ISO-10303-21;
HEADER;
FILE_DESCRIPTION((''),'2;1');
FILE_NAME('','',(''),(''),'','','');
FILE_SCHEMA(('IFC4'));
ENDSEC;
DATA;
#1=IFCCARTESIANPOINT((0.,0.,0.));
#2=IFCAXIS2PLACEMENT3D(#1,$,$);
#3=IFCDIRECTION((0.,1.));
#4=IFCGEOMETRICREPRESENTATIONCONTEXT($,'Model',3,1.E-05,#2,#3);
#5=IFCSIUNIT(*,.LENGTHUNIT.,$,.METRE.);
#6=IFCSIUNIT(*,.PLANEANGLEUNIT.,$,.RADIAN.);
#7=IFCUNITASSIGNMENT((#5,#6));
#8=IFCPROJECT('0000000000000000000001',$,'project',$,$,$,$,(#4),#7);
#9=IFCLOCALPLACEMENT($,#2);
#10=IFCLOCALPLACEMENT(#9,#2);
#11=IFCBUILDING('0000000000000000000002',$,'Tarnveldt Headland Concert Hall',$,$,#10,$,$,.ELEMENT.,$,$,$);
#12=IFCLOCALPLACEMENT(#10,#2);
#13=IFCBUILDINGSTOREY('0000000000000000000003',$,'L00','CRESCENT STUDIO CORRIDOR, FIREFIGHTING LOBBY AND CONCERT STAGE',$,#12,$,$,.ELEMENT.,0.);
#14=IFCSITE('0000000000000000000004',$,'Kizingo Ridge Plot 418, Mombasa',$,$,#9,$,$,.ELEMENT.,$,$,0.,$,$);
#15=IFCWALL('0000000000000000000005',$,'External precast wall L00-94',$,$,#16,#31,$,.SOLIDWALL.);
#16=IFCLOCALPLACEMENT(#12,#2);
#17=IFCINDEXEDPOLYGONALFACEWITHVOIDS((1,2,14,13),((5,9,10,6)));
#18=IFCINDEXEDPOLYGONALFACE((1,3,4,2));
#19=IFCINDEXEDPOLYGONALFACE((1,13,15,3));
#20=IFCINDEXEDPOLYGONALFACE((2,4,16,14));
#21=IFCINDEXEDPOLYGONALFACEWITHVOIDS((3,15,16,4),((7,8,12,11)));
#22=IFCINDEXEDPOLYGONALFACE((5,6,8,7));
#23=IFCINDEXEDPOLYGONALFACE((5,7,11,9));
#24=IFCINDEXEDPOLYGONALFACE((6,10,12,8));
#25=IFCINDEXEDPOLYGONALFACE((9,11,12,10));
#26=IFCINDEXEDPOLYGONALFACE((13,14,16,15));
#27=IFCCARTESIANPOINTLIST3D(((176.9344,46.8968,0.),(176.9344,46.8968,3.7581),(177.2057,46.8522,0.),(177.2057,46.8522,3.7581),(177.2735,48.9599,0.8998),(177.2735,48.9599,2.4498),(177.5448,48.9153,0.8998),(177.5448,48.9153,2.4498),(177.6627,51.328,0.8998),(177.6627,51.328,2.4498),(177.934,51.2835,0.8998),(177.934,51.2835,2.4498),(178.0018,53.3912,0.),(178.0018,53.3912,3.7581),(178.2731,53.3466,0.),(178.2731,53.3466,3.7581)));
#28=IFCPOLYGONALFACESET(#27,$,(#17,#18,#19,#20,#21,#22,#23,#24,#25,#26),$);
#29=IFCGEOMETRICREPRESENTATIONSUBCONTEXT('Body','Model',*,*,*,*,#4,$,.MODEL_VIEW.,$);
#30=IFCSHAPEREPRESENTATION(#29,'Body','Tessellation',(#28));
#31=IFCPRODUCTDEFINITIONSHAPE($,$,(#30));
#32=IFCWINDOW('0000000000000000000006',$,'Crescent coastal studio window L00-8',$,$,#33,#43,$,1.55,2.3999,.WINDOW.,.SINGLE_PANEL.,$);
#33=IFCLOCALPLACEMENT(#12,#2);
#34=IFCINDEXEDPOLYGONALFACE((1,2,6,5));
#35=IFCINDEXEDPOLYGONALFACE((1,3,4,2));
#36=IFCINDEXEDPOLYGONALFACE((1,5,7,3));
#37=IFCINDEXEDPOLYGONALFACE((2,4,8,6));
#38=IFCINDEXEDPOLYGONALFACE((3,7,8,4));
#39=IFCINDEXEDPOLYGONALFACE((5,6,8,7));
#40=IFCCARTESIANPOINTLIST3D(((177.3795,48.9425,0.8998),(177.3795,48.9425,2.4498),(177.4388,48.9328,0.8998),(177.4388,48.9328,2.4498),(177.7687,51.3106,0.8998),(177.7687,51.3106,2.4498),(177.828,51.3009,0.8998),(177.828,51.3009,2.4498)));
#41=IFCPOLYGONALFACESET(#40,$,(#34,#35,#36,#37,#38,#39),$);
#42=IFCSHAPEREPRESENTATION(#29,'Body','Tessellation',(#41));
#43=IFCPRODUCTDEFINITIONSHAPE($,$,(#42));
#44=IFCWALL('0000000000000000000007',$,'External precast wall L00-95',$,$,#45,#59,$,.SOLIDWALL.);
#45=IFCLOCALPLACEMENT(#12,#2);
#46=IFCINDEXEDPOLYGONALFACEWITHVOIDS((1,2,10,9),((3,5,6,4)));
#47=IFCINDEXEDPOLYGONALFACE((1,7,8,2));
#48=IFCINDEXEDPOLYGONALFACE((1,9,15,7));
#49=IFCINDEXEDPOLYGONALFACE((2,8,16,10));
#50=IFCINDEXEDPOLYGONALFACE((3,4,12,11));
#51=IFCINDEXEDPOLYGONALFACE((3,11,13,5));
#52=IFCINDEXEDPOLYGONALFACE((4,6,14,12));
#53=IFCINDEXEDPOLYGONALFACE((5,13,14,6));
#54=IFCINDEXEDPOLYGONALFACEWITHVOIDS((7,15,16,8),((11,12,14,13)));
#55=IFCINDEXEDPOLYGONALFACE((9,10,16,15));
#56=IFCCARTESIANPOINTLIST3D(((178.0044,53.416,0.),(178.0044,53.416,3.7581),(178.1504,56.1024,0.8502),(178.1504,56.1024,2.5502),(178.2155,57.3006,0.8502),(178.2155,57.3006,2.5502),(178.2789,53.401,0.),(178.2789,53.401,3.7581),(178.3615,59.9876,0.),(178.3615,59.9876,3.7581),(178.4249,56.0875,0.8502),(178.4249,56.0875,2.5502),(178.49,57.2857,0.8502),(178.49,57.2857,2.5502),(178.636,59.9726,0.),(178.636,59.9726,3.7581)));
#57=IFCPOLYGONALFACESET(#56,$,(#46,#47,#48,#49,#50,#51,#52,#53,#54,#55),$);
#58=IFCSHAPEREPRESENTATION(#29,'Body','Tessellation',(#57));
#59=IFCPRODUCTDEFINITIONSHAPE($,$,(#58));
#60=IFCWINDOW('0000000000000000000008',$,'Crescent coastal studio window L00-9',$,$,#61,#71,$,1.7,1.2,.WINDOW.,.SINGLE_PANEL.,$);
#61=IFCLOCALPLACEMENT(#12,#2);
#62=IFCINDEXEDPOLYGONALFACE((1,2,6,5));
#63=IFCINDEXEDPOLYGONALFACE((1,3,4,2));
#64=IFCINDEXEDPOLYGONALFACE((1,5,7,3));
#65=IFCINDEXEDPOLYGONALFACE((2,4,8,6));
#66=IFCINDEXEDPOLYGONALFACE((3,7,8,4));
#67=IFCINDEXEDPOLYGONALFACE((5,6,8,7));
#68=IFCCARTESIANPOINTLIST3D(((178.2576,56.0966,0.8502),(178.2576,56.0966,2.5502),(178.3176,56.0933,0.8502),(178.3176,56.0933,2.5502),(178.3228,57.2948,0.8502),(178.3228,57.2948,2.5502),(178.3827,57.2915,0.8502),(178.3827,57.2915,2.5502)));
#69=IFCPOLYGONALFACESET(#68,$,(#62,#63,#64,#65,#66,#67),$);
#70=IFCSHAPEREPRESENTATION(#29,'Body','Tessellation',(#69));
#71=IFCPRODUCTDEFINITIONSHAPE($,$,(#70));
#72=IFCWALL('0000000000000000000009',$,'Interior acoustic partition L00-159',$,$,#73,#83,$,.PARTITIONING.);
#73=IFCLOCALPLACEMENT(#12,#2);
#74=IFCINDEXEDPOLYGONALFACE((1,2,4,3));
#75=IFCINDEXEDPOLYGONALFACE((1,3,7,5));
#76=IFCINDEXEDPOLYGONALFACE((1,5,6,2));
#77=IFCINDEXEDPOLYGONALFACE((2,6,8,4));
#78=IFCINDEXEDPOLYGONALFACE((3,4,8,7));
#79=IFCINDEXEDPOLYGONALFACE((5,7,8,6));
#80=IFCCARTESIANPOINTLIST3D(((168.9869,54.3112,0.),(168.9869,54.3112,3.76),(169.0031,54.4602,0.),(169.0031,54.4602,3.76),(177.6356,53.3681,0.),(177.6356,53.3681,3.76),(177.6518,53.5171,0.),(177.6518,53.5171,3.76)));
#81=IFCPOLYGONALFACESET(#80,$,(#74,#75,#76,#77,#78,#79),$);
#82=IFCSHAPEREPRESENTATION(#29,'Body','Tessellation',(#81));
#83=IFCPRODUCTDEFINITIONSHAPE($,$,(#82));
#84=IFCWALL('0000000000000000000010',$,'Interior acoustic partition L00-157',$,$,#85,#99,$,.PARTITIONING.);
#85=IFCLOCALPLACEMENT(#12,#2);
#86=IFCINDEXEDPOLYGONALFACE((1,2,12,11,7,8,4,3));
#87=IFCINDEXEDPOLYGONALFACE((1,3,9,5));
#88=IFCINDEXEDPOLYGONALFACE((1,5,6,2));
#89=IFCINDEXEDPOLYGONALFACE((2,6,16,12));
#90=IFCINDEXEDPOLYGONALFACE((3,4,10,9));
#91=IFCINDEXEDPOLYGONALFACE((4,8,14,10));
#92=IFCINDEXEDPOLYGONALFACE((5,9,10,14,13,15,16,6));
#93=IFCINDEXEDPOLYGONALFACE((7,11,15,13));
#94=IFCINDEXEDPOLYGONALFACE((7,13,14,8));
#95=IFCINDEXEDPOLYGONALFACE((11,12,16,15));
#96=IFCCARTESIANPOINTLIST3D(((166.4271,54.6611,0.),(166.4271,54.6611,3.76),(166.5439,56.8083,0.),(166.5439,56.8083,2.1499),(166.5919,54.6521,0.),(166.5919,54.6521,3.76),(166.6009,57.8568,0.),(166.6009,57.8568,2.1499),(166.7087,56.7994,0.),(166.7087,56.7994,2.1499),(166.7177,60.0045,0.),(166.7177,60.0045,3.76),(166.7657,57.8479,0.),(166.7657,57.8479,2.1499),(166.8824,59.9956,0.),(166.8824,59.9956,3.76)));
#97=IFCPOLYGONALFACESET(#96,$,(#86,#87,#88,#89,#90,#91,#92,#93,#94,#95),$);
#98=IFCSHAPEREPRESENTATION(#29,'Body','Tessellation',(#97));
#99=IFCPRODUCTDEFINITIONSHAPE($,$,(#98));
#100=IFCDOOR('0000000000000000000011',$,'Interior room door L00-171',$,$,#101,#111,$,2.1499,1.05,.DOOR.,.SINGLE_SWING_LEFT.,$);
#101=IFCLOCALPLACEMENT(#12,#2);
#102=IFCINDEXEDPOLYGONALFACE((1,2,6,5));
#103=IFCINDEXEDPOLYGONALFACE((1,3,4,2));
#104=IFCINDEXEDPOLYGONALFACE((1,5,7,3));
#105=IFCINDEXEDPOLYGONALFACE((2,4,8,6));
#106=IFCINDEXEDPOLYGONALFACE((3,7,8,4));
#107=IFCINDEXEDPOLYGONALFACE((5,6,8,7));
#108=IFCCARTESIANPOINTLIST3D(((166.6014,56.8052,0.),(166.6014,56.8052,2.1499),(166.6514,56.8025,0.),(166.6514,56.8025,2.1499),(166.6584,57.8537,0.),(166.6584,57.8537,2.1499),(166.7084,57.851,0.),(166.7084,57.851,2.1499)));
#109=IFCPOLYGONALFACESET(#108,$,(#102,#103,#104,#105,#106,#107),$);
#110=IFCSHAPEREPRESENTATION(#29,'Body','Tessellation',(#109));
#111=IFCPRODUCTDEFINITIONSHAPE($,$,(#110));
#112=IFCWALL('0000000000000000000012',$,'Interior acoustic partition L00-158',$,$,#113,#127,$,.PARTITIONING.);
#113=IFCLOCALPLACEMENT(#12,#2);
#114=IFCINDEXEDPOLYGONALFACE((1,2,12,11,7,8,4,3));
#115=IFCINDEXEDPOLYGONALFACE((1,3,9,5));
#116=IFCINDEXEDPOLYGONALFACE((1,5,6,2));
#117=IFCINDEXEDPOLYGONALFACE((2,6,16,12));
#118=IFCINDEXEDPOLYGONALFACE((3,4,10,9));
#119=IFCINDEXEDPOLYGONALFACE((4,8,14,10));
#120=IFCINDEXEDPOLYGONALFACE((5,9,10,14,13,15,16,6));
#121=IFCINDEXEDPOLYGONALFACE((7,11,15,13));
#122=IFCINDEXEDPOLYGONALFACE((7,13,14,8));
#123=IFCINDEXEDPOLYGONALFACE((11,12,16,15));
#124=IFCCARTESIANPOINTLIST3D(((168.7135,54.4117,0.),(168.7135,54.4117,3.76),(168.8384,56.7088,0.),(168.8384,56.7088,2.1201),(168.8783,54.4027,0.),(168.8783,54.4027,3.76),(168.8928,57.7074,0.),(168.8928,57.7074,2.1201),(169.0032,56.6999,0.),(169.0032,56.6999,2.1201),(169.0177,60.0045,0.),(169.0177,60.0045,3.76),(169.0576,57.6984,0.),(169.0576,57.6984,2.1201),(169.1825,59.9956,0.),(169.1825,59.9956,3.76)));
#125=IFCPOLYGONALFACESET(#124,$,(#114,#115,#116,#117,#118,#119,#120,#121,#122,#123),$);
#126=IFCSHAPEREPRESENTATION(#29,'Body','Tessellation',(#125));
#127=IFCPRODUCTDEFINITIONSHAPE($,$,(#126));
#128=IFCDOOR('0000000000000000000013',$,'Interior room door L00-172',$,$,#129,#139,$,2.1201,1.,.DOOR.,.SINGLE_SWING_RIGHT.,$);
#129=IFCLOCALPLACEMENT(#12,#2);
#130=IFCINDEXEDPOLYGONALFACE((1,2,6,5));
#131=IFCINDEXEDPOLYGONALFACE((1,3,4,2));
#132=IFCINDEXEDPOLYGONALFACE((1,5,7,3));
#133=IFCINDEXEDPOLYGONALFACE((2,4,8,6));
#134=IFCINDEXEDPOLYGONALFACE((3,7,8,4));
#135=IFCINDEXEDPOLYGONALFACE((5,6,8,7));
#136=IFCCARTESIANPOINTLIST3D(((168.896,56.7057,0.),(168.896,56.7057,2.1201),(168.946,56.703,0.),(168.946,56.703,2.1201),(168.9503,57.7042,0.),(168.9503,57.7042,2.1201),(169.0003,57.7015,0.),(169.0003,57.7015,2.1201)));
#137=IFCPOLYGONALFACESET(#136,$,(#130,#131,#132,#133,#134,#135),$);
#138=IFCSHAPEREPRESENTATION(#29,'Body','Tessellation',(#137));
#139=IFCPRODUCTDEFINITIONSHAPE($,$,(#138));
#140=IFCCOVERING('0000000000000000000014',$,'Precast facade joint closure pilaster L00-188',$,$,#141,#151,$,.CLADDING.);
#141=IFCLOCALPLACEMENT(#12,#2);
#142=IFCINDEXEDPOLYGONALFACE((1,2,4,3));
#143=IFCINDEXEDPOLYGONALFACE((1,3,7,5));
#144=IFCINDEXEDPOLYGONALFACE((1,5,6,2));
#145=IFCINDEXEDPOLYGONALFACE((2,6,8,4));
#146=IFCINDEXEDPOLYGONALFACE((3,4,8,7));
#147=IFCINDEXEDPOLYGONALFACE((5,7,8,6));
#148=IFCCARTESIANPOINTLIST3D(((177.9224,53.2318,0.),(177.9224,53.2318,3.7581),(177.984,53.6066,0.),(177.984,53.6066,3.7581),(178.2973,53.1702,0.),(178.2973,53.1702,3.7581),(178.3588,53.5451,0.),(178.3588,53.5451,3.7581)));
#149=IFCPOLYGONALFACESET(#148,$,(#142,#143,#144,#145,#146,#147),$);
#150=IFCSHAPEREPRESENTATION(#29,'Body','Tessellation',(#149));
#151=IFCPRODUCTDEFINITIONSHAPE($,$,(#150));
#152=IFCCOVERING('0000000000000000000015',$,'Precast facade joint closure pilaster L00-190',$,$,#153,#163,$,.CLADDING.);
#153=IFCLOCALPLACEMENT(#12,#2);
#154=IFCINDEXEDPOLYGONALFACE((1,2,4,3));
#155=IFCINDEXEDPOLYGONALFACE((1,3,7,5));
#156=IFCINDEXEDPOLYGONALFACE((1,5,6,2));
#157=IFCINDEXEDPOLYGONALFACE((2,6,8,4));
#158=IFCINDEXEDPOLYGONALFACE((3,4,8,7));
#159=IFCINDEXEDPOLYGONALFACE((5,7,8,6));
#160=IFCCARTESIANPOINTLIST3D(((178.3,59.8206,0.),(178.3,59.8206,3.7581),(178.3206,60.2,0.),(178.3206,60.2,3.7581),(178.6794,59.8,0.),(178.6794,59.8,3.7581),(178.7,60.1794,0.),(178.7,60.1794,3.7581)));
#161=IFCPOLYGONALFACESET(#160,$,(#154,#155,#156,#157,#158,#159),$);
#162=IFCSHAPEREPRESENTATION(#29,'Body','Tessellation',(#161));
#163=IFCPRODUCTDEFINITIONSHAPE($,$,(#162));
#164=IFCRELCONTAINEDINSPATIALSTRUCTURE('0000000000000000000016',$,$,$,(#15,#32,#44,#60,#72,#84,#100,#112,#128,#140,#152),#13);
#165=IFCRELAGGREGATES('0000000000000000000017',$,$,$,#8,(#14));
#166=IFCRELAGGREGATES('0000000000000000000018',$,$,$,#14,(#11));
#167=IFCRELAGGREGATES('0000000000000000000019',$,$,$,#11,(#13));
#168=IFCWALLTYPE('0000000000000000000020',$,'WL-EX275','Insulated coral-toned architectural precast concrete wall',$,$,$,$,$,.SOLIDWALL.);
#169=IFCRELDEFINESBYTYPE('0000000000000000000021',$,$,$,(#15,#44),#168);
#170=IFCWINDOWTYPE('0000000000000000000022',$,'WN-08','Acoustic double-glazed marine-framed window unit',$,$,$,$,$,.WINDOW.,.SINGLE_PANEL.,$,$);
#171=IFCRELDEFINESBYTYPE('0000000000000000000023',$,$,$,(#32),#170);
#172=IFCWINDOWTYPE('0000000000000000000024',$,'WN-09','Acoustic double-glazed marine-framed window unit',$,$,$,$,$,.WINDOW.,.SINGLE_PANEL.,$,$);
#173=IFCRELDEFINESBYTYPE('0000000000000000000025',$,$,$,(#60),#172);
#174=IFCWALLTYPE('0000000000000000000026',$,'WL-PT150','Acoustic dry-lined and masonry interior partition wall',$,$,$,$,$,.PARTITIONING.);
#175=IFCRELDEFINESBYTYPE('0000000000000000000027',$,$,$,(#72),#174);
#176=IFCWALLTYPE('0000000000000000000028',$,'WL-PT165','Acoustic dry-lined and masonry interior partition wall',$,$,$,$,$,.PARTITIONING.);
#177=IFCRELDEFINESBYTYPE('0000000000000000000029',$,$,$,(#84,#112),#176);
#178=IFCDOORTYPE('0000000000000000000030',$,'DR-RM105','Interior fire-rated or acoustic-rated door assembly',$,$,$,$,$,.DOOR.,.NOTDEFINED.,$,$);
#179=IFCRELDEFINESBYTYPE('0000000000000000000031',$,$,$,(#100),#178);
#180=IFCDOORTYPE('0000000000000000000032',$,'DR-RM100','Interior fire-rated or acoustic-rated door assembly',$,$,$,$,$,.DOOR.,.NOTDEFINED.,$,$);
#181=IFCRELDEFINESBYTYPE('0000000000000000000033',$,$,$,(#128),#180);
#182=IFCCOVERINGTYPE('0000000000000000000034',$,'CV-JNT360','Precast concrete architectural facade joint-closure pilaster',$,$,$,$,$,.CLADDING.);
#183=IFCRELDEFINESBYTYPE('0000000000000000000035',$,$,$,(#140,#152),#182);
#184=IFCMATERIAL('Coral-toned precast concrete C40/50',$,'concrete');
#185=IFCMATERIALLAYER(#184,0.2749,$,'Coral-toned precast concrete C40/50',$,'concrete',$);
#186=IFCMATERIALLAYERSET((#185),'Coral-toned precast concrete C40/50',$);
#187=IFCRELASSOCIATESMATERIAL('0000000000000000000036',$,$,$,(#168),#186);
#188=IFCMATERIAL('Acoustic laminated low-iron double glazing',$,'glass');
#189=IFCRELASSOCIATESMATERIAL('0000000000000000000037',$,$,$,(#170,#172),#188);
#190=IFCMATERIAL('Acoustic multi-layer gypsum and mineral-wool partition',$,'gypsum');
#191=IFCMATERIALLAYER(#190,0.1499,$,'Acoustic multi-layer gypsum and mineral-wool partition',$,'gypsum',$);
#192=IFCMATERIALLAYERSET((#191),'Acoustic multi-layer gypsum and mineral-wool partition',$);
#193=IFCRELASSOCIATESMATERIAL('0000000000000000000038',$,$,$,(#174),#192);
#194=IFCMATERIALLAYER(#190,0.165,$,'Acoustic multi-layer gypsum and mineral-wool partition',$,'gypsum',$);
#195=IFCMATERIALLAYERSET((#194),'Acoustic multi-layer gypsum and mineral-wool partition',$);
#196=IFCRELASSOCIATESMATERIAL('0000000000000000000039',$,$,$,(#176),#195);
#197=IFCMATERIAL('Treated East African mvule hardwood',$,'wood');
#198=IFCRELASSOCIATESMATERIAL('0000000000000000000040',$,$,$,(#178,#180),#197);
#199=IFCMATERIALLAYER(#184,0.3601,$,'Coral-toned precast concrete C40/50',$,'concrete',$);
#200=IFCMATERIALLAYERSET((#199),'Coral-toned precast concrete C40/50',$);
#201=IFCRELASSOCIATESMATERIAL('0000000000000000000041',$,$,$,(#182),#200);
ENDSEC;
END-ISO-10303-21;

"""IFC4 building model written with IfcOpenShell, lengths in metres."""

from ifc_helpers import new_model, si_unit, direction, frame, frame_2d, origin, origin_2d, place, context, subcontext, project, spatial, rectangle, extrude, material, layer, layer_set, type_object, element, fill, save


model = new_model("IFC4")

# Units and contexts
model_context = context("Model", 3, precision=1e-05, world=origin(), true_north=direction((0.0, 1.0)))
body_context = subcontext(model_context, "Body", "Model", "MODEL_VIEW")
ifc_project = project(units=[si_unit("LENGTHUNIT", "METRE"), si_unit("PLANEANGLEUNIT", "RADIAN")], contexts=[model_context])

# Site, building, storey
site_placement = place(None, origin())
site = spatial("IfcSite", under=ifc_project, at=site_placement, Name="Kizingo Ridge Plot 418, Mombasa", CompositionType="ELEMENT", RefElevation=0.0)
building_placement = place(site_placement, origin())
building = spatial("IfcBuilding", under=site, at=building_placement, Name="Tarnveldt Headland Concert Hall", CompositionType="ELEMENT")
storey_placement = place(building_placement, origin())
storey = spatial("IfcBuildingStorey", under=building, at=storey_placement, Name="L00", Description="CRESCENT STUDIO CORRIDOR, FIREFIGHTING LOBBY AND CONCERT STAGE", CompositionType="ELEMENT", Elevation=0.0)

# Walls, openings, windows
ifc_material_1 = material(Name="Coral-toned precast concrete C40/50", Category="concrete")
ifc_layer_1 = layer(ifc_material_1, 0.2749, Name="Coral-toned precast concrete C40/50", Category="concrete")
ifc_layer_set_1 = layer_set([ifc_layer_1], Name="Coral-toned precast concrete C40/50")
wall_type_1 = type_object("IfcWallType", Name="WL-EX275", Description="Insulated coral-toned architectural precast concrete wall", PredefinedType="SOLIDWALL", material=ifc_layer_set_1)
wall_1_placement = place(storey_placement, frame((178.1375, 53.3689, 0.0), z_axis=(0.0, 0.0, 1.0), x_axis=(-0.162179, -0.986761, 0.0)))
wall_1 = element("IfcWall", 1, at=wall_1_placement, inside=storey, type_object=wall_type_1, Name="External precast wall L00-94", PredefinedType="SOLIDWALL", context=body_context, shape_type="SweptSolid", body=[
    extrude(rectangle(XDim=6.5815, YDim=0.2749, at=frame_2d((3.2908, 0.0))), origin(), (0.0, 0.0, 1.0), 3.7581),
])
opening_1_placement = place(wall_1_placement, frame((2.0908, 0.0, 0.8999)))
opening_1 = element("IfcOpeningElement", 2, at=opening_1_placement, cuts=wall_1, PredefinedType="OPENING", context=body_context, shape_type="SweptSolid", body=[
    extrude(rectangle(XDim=2.3999, YDim=1.55, at=frame_2d((1.2, 0.7749))), frame((0.0, 0.1475, 0.0), z_axis=(0.0, -1.0, 0.0), x_axis=(1.0, 0.0, 0.0)), (0.0, 0.0, 1.0), 0.2949),
])
ifc_material_2 = material(Name="Acoustic laminated low-iron double glazing", Category="glass")
window_type_1 = type_object("IfcWindowType", Name="WN-08", Description="Acoustic double-glazed marine-framed window unit", PartitioningType="SINGLE_PANEL", PredefinedType="WINDOW", material=ifc_material_2)
window_1_placement = place(opening_1_placement, origin())
window_1 = element("IfcWindow", 3, at=window_1_placement, inside=storey, type_object=window_type_1, Name="Crescent coastal studio window L00-8", OverallHeight=1.55, OverallWidth=2.3999, PartitioningType="SINGLE_PANEL", PredefinedType="WINDOW", context=body_context, shape_type="SweptSolid", body=[
    extrude(rectangle(XDim=2.3999, YDim=1.55, at=frame_2d((1.2, 0.7749))), frame((0.0, 0.03, 0.0), z_axis=(0.0, -1.0, 0.0), x_axis=(1.0, 0.0, 0.0)), (0.0, 0.0, 1.0), 0.0601),
])
fill(opening_1, window_1)
wall_2_placement = place(storey_placement, frame((178.4988, 59.98, 0.0), z_axis=(0.0, 0.0, 1.0), x_axis=(-0.054272, -0.998526, 0.0)))
wall_2 = element("IfcWall", 4, at=wall_2_placement, inside=storey, type_object=wall_type_1, Name="External precast wall L00-95", PredefinedType="SOLIDWALL", context=body_context, shape_type="SweptSolid", body=[
    extrude(rectangle(XDim=6.5813, YDim=0.2749, at=frame_2d((3.2905, 0.0))), origin(), (0.0, 0.0, 1.0), 3.7581),
])
opening_2_placement = place(wall_2_placement, frame((2.6907, 0.0, 0.8501)))
opening_2 = element("IfcOpeningElement", 5, at=opening_2_placement, cuts=wall_2, PredefinedType="OPENING", context=body_context, shape_type="SweptSolid", body=[
    extrude(rectangle(XDim=1.2, YDim=1.7, at=frame_2d((0.6001, 0.8501))), frame((0.0, 0.1475, 0.0), z_axis=(0.0, -1.0, 0.0), x_axis=(1.0, 0.0, 0.0)), (0.0, 0.0, 1.0), 0.2949),
])
window_type_2 = type_object("IfcWindowType", Name="WN-09", Description="Acoustic double-glazed marine-framed window unit", PartitioningType="SINGLE_PANEL", PredefinedType="WINDOW", material=ifc_material_2)
window_2_placement = place(opening_2_placement, origin())
window_2 = element("IfcWindow", 6, at=window_2_placement, inside=storey, type_object=window_type_2, Name="Crescent coastal studio window L00-9", OverallHeight=1.7, OverallWidth=1.2, PartitioningType="SINGLE_PANEL", PredefinedType="WINDOW", context=body_context, shape_type="SweptSolid", body=[
    extrude(rectangle(XDim=1.2, YDim=1.7, at=frame_2d((0.6001, 0.8501))), frame((0.0, 0.03, 0.0), z_axis=(0.0, -1.0, 0.0), x_axis=(1.0, 0.0, 0.0)), (0.0, 0.0, 1.0), 0.0601),
])
fill(opening_2, window_2)

# Wall
ifc_material_3 = material(Name="Acoustic multi-layer gypsum and mineral-wool partition", Category="gypsum")
ifc_layer_2 = layer(ifc_material_3, 0.1499, Name="Acoustic multi-layer gypsum and mineral-wool partition", Category="gypsum")
ifc_layer_set_2 = layer_set([ifc_layer_2], Name="Acoustic multi-layer gypsum and mineral-wool partition")
wall_type_2 = type_object("IfcWallType", Name="WL-PT150", Description="Acoustic dry-lined and masonry interior partition wall", PredefinedType="PARTITIONING", material=ifc_layer_set_2)
wall_3_placement = place(storey_placement, frame((168.9949, 54.3857, 0.0), z_axis=(0.0, 0.0, 1.0), x_axis=(0.994107, -0.108405, 0.0)))
element("IfcWall", 7, at=wall_3_placement, inside=storey, type_object=wall_type_2, Name="Interior acoustic partition L00-159", PredefinedType="PARTITIONING", context=body_context, shape_type="SweptSolid", body=[
    extrude(rectangle(XDim=8.7, YDim=0.1499, at=frame_2d((4.3501, 0.0))), origin(), (0.0, 0.0, 1.0), 3.76),
])

# Walls, openings, doors
ifc_layer_3 = layer(ifc_material_3, 0.165, Name="Acoustic multi-layer gypsum and mineral-wool partition", Category="gypsum")
ifc_layer_set_3 = layer_set([ifc_layer_3], Name="Acoustic multi-layer gypsum and mineral-wool partition")
wall_type_3 = type_object("IfcWallType", Name="WL-PT165", Description="Acoustic dry-lined and masonry interior partition wall", PredefinedType="PARTITIONING", material=ifc_layer_set_3)
wall_4_placement = place(storey_placement, frame((166.5095, 54.6565, 0.0), z_axis=(0.0, 0.0, 1.0), x_axis=(0.05429, 0.998525, 0.0)))
wall_4 = element("IfcWall", 8, at=wall_4_placement, inside=storey, type_object=wall_type_3, Name="Interior acoustic partition L00-157", PredefinedType="PARTITIONING", context=body_context, shape_type="SweptSolid", body=[
    extrude(rectangle(XDim=5.3513, YDim=0.165, at=frame_2d((2.6758, 0.0))), origin(), (0.0, 0.0, 1.0), 3.76),
])
opening_3_placement = place(wall_4_placement, frame((2.1506, 0.0, 0.0)))
opening_3 = element("IfcOpeningElement", 9, at=opening_3_placement, cuts=wall_4, PredefinedType="OPENING", context=body_context, shape_type="SweptSolid", body=[
    extrude(rectangle(XDim=1.05, YDim=2.1499, at=frame_2d((0.5249, 1.075))), frame((0.0, 0.0925, 0.0), z_axis=(0.0, -1.0, 0.0), x_axis=(1.0, 0.0, 0.0)), (0.0, 0.0, 1.0), 0.1851),
])
ifc_material_4 = material(Name="Treated East African mvule hardwood", Category="wood")
door_type_1 = type_object("IfcDoorType", Name="DR-RM105", Description="Interior fire-rated or acoustic-rated door assembly", OperationType="NOTDEFINED", PredefinedType="DOOR", material=ifc_material_4)
door_1_placement = place(opening_3_placement, origin())
door_1 = element("IfcDoor", 10, at=door_1_placement, inside=storey, type_object=door_type_1, Name="Interior room door L00-171", OperationType="SINGLE_SWING_LEFT", OverallHeight=2.1499, OverallWidth=1.05, PredefinedType="DOOR", context=body_context, shape_type="SweptSolid", body=[
    extrude(rectangle(XDim=1.05, YDim=2.1499, at=frame_2d((0.5249, 1.075))), frame((0.0, 0.0249, 0.0), z_axis=(0.0, -1.0, 0.0), x_axis=(1.0, 0.0, 0.0)), (0.0, 0.0, 1.0), 0.05),
])
fill(opening_3, door_1)
wall_5_placement = place(storey_placement, frame((168.7959, 54.4072, 0.0), z_axis=(0.0, 0.0, 1.0), x_axis=(0.054311, 0.998524, 0.0)))
wall_5 = element("IfcWall", 11, at=wall_5_placement, inside=storey, type_object=wall_type_3, Name="Interior acoustic partition L00-158", PredefinedType="PARTITIONING", context=body_context, shape_type="SweptSolid", body=[
    extrude(rectangle(XDim=5.6011, YDim=0.165, at=frame_2d((2.8005, 0.0))), origin(), (0.0, 0.0, 1.0), 3.76),
])
opening_4_placement = place(wall_5_placement, frame((2.3005, 0.0, 0.0)))
opening_4 = element("IfcOpeningElement", 12, at=opening_4_placement, cuts=wall_5, PredefinedType="OPENING", context=body_context, shape_type="SweptSolid", body=[
    extrude(rectangle(XDim=1.0, YDim=2.1201, at=frame_2d((0.5, 1.0601))), frame((0.0, 0.0925, 0.0), z_axis=(0.0, -1.0, 0.0), x_axis=(1.0, 0.0, 0.0)), (0.0, 0.0, 1.0), 0.1851),
])
door_type_2 = type_object("IfcDoorType", Name="DR-RM100", Description="Interior fire-rated or acoustic-rated door assembly", OperationType="NOTDEFINED", PredefinedType="DOOR", material=ifc_material_4)
door_2_placement = place(opening_4_placement, origin())
door_2 = element("IfcDoor", 13, at=door_2_placement, inside=storey, type_object=door_type_2, Name="Interior room door L00-172", OperationType="SINGLE_SWING_RIGHT", OverallHeight=2.1201, OverallWidth=1.0, PredefinedType="DOOR", context=body_context, shape_type="SweptSolid", body=[
    extrude(rectangle(XDim=1.0, YDim=2.1201, at=frame_2d((0.5, 1.0601))), frame((0.0, 0.0249, 0.0), z_axis=(0.0, -1.0, 0.0), x_axis=(1.0, 0.0, 0.0)), (0.0, 0.0, 1.0), 0.05),
])
fill(opening_4, door_2)

# Coverings
ifc_layer_4 = layer(ifc_material_1, 0.3601, Name="Coral-toned precast concrete C40/50", Category="concrete")
ifc_layer_set_4 = layer_set([ifc_layer_4], Name="Coral-toned precast concrete C40/50")
covering_type = type_object("IfcCoveringType", Name="CV-JNT360", Description="Precast concrete architectural facade joint-closure pilaster", PredefinedType="CLADDING", material=ifc_layer_set_4)
for number, where, z_axis, x_axis, name in (
    (14, (178.1406, 53.3884, 0.0), (0.0, 0.0, 1.0), (-0.162121, -0.986771, 0.0), "Precast facade joint closure pilaster L00-188"),
    (15, (178.5, 60.0, 0.0), (0.0, 0.0, 1.0), (-0.054253, -0.998527, 0.0), "Precast facade joint closure pilaster L00-190"),
):
    element("IfcCovering", number, at=place(storey_placement, frame(where, z_axis=z_axis, x_axis=x_axis)), inside=storey, type_object=covering_type, Name=name, PredefinedType="CLADDING", context=body_context, shape_type="SweptSolid", body=[
        extrude(rectangle(XDim=0.3799, YDim=0.3799, at=origin_2d()), origin(), (0.0, 0.0, 1.0), 3.7581),
    ])

save(model, "model.ifc")
